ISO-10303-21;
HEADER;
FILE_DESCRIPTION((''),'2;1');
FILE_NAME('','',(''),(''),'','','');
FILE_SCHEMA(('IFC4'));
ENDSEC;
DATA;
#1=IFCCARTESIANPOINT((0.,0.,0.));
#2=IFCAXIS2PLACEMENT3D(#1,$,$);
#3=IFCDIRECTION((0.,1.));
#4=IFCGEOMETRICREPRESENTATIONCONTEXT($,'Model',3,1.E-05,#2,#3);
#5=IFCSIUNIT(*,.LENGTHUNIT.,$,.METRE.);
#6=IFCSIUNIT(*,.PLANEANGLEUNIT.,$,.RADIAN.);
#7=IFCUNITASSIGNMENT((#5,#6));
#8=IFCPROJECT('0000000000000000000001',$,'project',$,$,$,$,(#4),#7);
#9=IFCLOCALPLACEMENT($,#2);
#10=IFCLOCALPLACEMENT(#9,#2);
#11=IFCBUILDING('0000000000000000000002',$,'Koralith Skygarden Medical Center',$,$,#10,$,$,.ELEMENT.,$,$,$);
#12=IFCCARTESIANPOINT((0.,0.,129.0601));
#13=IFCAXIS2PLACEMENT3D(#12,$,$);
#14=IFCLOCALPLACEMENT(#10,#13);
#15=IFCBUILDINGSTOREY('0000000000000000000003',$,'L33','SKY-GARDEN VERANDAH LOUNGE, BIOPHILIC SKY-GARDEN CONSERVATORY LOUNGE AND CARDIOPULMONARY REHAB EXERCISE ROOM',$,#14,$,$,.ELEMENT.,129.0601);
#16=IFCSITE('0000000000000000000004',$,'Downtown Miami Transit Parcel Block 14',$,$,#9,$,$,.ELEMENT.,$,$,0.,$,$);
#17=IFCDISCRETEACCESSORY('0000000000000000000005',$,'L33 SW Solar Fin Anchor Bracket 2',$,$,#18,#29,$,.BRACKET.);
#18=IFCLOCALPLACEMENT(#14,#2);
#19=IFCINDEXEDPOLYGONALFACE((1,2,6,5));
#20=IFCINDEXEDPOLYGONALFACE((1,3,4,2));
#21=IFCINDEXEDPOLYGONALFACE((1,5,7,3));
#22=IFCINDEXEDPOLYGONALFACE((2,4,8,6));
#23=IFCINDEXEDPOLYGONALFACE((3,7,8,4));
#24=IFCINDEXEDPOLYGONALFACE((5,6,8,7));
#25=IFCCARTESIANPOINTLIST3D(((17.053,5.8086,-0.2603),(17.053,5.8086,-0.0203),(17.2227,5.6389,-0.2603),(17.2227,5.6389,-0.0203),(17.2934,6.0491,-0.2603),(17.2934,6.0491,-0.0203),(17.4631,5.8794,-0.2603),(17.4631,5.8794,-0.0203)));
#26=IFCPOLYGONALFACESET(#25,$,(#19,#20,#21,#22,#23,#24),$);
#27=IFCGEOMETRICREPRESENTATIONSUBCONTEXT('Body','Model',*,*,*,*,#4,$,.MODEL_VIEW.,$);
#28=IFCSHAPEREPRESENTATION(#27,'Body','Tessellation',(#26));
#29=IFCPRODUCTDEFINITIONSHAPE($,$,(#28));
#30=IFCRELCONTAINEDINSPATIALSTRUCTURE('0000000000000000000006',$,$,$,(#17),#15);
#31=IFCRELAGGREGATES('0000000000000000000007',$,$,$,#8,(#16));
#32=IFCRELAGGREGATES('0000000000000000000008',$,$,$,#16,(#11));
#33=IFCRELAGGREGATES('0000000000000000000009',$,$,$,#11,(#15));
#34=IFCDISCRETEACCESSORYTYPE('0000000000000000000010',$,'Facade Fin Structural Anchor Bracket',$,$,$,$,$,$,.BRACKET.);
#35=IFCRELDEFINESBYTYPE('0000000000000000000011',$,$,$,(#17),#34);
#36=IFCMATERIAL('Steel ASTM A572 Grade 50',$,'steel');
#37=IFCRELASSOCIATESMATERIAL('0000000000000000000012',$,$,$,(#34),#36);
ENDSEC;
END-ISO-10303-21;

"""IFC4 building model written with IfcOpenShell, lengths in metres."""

from ifc_helpers import new_model, si_unit, direction, frame, origin, origin_2d, place, context, subcontext, project, spatial, rectangle, extrude, material, type_object, element, save


model = new_model("IFC4")

# Units and contexts
model_context = context("Model", 3, precision=1e-05, world=origin(), true_north=direction((0.0, 1.0)))
body_context = subcontext(model_context, "Body", "Model", "MODEL_VIEW")
ifc_project = project(units=[si_unit("LENGTHUNIT", "METRE"), si_unit("PLANEANGLEUNIT", "RADIAN")], contexts=[model_context])

# Site, building, storey
site_placement = place(None, origin())
site = spatial("IfcSite", under=ifc_project, at=site_placement, Name="Downtown Miami Transit Parcel Block 14", CompositionType="ELEMENT", RefElevation=0.0)
building_placement = place(site_placement, origin())
building = spatial("IfcBuilding", under=site, at=building_placement, Name="Koralith Skygarden Medical Center", CompositionType="ELEMENT")
storey_placement = place(building_placement, frame((0.0, 0.0, 129.0601)))
storey = spatial("IfcBuildingStorey", under=building, at=storey_placement, Name="L33", Description="SKY-GARDEN VERANDAH LOUNGE, BIOPHILIC SKY-GARDEN CONSERVATORY LOUNGE AND CARDIOPULMONARY REHAB EXERCISE ROOM", CompositionType="ELEMENT", Elevation=129.0601)

# Discrete accessory
ifc_material_1 = material(Name="Steel ASTM A572 Grade 50", Category="steel")
discrete_accessory_type = type_object("IfcDiscreteAccessoryType", Name="Facade Fin Structural Anchor Bracket", PredefinedType="BRACKET", material=ifc_material_1)
for number, where, z_axis, x_axis, name in (
    (1, (17.2581, 5.844, -0.2603), (0.0, 0.0, 1.0), (-0.707107, -0.707107, 0.0), "L33 SW Solar Fin Anchor Bracket 2"),
):
    element("IfcDiscreteAccessory", number, at=place(storey_placement, frame(where, z_axis=z_axis, x_axis=x_axis)), inside=storey, type_object=discrete_accessory_type, Name=name, PredefinedType="BRACKET", context=body_context, shape_type="SweptSolid", body=[
        extrude(rectangle(XDim=0.3401, YDim=0.24, at=origin_2d()), origin(), (0.0, 0.0, 1.0), 0.24),
    ])

save(model, "model.ifc")
